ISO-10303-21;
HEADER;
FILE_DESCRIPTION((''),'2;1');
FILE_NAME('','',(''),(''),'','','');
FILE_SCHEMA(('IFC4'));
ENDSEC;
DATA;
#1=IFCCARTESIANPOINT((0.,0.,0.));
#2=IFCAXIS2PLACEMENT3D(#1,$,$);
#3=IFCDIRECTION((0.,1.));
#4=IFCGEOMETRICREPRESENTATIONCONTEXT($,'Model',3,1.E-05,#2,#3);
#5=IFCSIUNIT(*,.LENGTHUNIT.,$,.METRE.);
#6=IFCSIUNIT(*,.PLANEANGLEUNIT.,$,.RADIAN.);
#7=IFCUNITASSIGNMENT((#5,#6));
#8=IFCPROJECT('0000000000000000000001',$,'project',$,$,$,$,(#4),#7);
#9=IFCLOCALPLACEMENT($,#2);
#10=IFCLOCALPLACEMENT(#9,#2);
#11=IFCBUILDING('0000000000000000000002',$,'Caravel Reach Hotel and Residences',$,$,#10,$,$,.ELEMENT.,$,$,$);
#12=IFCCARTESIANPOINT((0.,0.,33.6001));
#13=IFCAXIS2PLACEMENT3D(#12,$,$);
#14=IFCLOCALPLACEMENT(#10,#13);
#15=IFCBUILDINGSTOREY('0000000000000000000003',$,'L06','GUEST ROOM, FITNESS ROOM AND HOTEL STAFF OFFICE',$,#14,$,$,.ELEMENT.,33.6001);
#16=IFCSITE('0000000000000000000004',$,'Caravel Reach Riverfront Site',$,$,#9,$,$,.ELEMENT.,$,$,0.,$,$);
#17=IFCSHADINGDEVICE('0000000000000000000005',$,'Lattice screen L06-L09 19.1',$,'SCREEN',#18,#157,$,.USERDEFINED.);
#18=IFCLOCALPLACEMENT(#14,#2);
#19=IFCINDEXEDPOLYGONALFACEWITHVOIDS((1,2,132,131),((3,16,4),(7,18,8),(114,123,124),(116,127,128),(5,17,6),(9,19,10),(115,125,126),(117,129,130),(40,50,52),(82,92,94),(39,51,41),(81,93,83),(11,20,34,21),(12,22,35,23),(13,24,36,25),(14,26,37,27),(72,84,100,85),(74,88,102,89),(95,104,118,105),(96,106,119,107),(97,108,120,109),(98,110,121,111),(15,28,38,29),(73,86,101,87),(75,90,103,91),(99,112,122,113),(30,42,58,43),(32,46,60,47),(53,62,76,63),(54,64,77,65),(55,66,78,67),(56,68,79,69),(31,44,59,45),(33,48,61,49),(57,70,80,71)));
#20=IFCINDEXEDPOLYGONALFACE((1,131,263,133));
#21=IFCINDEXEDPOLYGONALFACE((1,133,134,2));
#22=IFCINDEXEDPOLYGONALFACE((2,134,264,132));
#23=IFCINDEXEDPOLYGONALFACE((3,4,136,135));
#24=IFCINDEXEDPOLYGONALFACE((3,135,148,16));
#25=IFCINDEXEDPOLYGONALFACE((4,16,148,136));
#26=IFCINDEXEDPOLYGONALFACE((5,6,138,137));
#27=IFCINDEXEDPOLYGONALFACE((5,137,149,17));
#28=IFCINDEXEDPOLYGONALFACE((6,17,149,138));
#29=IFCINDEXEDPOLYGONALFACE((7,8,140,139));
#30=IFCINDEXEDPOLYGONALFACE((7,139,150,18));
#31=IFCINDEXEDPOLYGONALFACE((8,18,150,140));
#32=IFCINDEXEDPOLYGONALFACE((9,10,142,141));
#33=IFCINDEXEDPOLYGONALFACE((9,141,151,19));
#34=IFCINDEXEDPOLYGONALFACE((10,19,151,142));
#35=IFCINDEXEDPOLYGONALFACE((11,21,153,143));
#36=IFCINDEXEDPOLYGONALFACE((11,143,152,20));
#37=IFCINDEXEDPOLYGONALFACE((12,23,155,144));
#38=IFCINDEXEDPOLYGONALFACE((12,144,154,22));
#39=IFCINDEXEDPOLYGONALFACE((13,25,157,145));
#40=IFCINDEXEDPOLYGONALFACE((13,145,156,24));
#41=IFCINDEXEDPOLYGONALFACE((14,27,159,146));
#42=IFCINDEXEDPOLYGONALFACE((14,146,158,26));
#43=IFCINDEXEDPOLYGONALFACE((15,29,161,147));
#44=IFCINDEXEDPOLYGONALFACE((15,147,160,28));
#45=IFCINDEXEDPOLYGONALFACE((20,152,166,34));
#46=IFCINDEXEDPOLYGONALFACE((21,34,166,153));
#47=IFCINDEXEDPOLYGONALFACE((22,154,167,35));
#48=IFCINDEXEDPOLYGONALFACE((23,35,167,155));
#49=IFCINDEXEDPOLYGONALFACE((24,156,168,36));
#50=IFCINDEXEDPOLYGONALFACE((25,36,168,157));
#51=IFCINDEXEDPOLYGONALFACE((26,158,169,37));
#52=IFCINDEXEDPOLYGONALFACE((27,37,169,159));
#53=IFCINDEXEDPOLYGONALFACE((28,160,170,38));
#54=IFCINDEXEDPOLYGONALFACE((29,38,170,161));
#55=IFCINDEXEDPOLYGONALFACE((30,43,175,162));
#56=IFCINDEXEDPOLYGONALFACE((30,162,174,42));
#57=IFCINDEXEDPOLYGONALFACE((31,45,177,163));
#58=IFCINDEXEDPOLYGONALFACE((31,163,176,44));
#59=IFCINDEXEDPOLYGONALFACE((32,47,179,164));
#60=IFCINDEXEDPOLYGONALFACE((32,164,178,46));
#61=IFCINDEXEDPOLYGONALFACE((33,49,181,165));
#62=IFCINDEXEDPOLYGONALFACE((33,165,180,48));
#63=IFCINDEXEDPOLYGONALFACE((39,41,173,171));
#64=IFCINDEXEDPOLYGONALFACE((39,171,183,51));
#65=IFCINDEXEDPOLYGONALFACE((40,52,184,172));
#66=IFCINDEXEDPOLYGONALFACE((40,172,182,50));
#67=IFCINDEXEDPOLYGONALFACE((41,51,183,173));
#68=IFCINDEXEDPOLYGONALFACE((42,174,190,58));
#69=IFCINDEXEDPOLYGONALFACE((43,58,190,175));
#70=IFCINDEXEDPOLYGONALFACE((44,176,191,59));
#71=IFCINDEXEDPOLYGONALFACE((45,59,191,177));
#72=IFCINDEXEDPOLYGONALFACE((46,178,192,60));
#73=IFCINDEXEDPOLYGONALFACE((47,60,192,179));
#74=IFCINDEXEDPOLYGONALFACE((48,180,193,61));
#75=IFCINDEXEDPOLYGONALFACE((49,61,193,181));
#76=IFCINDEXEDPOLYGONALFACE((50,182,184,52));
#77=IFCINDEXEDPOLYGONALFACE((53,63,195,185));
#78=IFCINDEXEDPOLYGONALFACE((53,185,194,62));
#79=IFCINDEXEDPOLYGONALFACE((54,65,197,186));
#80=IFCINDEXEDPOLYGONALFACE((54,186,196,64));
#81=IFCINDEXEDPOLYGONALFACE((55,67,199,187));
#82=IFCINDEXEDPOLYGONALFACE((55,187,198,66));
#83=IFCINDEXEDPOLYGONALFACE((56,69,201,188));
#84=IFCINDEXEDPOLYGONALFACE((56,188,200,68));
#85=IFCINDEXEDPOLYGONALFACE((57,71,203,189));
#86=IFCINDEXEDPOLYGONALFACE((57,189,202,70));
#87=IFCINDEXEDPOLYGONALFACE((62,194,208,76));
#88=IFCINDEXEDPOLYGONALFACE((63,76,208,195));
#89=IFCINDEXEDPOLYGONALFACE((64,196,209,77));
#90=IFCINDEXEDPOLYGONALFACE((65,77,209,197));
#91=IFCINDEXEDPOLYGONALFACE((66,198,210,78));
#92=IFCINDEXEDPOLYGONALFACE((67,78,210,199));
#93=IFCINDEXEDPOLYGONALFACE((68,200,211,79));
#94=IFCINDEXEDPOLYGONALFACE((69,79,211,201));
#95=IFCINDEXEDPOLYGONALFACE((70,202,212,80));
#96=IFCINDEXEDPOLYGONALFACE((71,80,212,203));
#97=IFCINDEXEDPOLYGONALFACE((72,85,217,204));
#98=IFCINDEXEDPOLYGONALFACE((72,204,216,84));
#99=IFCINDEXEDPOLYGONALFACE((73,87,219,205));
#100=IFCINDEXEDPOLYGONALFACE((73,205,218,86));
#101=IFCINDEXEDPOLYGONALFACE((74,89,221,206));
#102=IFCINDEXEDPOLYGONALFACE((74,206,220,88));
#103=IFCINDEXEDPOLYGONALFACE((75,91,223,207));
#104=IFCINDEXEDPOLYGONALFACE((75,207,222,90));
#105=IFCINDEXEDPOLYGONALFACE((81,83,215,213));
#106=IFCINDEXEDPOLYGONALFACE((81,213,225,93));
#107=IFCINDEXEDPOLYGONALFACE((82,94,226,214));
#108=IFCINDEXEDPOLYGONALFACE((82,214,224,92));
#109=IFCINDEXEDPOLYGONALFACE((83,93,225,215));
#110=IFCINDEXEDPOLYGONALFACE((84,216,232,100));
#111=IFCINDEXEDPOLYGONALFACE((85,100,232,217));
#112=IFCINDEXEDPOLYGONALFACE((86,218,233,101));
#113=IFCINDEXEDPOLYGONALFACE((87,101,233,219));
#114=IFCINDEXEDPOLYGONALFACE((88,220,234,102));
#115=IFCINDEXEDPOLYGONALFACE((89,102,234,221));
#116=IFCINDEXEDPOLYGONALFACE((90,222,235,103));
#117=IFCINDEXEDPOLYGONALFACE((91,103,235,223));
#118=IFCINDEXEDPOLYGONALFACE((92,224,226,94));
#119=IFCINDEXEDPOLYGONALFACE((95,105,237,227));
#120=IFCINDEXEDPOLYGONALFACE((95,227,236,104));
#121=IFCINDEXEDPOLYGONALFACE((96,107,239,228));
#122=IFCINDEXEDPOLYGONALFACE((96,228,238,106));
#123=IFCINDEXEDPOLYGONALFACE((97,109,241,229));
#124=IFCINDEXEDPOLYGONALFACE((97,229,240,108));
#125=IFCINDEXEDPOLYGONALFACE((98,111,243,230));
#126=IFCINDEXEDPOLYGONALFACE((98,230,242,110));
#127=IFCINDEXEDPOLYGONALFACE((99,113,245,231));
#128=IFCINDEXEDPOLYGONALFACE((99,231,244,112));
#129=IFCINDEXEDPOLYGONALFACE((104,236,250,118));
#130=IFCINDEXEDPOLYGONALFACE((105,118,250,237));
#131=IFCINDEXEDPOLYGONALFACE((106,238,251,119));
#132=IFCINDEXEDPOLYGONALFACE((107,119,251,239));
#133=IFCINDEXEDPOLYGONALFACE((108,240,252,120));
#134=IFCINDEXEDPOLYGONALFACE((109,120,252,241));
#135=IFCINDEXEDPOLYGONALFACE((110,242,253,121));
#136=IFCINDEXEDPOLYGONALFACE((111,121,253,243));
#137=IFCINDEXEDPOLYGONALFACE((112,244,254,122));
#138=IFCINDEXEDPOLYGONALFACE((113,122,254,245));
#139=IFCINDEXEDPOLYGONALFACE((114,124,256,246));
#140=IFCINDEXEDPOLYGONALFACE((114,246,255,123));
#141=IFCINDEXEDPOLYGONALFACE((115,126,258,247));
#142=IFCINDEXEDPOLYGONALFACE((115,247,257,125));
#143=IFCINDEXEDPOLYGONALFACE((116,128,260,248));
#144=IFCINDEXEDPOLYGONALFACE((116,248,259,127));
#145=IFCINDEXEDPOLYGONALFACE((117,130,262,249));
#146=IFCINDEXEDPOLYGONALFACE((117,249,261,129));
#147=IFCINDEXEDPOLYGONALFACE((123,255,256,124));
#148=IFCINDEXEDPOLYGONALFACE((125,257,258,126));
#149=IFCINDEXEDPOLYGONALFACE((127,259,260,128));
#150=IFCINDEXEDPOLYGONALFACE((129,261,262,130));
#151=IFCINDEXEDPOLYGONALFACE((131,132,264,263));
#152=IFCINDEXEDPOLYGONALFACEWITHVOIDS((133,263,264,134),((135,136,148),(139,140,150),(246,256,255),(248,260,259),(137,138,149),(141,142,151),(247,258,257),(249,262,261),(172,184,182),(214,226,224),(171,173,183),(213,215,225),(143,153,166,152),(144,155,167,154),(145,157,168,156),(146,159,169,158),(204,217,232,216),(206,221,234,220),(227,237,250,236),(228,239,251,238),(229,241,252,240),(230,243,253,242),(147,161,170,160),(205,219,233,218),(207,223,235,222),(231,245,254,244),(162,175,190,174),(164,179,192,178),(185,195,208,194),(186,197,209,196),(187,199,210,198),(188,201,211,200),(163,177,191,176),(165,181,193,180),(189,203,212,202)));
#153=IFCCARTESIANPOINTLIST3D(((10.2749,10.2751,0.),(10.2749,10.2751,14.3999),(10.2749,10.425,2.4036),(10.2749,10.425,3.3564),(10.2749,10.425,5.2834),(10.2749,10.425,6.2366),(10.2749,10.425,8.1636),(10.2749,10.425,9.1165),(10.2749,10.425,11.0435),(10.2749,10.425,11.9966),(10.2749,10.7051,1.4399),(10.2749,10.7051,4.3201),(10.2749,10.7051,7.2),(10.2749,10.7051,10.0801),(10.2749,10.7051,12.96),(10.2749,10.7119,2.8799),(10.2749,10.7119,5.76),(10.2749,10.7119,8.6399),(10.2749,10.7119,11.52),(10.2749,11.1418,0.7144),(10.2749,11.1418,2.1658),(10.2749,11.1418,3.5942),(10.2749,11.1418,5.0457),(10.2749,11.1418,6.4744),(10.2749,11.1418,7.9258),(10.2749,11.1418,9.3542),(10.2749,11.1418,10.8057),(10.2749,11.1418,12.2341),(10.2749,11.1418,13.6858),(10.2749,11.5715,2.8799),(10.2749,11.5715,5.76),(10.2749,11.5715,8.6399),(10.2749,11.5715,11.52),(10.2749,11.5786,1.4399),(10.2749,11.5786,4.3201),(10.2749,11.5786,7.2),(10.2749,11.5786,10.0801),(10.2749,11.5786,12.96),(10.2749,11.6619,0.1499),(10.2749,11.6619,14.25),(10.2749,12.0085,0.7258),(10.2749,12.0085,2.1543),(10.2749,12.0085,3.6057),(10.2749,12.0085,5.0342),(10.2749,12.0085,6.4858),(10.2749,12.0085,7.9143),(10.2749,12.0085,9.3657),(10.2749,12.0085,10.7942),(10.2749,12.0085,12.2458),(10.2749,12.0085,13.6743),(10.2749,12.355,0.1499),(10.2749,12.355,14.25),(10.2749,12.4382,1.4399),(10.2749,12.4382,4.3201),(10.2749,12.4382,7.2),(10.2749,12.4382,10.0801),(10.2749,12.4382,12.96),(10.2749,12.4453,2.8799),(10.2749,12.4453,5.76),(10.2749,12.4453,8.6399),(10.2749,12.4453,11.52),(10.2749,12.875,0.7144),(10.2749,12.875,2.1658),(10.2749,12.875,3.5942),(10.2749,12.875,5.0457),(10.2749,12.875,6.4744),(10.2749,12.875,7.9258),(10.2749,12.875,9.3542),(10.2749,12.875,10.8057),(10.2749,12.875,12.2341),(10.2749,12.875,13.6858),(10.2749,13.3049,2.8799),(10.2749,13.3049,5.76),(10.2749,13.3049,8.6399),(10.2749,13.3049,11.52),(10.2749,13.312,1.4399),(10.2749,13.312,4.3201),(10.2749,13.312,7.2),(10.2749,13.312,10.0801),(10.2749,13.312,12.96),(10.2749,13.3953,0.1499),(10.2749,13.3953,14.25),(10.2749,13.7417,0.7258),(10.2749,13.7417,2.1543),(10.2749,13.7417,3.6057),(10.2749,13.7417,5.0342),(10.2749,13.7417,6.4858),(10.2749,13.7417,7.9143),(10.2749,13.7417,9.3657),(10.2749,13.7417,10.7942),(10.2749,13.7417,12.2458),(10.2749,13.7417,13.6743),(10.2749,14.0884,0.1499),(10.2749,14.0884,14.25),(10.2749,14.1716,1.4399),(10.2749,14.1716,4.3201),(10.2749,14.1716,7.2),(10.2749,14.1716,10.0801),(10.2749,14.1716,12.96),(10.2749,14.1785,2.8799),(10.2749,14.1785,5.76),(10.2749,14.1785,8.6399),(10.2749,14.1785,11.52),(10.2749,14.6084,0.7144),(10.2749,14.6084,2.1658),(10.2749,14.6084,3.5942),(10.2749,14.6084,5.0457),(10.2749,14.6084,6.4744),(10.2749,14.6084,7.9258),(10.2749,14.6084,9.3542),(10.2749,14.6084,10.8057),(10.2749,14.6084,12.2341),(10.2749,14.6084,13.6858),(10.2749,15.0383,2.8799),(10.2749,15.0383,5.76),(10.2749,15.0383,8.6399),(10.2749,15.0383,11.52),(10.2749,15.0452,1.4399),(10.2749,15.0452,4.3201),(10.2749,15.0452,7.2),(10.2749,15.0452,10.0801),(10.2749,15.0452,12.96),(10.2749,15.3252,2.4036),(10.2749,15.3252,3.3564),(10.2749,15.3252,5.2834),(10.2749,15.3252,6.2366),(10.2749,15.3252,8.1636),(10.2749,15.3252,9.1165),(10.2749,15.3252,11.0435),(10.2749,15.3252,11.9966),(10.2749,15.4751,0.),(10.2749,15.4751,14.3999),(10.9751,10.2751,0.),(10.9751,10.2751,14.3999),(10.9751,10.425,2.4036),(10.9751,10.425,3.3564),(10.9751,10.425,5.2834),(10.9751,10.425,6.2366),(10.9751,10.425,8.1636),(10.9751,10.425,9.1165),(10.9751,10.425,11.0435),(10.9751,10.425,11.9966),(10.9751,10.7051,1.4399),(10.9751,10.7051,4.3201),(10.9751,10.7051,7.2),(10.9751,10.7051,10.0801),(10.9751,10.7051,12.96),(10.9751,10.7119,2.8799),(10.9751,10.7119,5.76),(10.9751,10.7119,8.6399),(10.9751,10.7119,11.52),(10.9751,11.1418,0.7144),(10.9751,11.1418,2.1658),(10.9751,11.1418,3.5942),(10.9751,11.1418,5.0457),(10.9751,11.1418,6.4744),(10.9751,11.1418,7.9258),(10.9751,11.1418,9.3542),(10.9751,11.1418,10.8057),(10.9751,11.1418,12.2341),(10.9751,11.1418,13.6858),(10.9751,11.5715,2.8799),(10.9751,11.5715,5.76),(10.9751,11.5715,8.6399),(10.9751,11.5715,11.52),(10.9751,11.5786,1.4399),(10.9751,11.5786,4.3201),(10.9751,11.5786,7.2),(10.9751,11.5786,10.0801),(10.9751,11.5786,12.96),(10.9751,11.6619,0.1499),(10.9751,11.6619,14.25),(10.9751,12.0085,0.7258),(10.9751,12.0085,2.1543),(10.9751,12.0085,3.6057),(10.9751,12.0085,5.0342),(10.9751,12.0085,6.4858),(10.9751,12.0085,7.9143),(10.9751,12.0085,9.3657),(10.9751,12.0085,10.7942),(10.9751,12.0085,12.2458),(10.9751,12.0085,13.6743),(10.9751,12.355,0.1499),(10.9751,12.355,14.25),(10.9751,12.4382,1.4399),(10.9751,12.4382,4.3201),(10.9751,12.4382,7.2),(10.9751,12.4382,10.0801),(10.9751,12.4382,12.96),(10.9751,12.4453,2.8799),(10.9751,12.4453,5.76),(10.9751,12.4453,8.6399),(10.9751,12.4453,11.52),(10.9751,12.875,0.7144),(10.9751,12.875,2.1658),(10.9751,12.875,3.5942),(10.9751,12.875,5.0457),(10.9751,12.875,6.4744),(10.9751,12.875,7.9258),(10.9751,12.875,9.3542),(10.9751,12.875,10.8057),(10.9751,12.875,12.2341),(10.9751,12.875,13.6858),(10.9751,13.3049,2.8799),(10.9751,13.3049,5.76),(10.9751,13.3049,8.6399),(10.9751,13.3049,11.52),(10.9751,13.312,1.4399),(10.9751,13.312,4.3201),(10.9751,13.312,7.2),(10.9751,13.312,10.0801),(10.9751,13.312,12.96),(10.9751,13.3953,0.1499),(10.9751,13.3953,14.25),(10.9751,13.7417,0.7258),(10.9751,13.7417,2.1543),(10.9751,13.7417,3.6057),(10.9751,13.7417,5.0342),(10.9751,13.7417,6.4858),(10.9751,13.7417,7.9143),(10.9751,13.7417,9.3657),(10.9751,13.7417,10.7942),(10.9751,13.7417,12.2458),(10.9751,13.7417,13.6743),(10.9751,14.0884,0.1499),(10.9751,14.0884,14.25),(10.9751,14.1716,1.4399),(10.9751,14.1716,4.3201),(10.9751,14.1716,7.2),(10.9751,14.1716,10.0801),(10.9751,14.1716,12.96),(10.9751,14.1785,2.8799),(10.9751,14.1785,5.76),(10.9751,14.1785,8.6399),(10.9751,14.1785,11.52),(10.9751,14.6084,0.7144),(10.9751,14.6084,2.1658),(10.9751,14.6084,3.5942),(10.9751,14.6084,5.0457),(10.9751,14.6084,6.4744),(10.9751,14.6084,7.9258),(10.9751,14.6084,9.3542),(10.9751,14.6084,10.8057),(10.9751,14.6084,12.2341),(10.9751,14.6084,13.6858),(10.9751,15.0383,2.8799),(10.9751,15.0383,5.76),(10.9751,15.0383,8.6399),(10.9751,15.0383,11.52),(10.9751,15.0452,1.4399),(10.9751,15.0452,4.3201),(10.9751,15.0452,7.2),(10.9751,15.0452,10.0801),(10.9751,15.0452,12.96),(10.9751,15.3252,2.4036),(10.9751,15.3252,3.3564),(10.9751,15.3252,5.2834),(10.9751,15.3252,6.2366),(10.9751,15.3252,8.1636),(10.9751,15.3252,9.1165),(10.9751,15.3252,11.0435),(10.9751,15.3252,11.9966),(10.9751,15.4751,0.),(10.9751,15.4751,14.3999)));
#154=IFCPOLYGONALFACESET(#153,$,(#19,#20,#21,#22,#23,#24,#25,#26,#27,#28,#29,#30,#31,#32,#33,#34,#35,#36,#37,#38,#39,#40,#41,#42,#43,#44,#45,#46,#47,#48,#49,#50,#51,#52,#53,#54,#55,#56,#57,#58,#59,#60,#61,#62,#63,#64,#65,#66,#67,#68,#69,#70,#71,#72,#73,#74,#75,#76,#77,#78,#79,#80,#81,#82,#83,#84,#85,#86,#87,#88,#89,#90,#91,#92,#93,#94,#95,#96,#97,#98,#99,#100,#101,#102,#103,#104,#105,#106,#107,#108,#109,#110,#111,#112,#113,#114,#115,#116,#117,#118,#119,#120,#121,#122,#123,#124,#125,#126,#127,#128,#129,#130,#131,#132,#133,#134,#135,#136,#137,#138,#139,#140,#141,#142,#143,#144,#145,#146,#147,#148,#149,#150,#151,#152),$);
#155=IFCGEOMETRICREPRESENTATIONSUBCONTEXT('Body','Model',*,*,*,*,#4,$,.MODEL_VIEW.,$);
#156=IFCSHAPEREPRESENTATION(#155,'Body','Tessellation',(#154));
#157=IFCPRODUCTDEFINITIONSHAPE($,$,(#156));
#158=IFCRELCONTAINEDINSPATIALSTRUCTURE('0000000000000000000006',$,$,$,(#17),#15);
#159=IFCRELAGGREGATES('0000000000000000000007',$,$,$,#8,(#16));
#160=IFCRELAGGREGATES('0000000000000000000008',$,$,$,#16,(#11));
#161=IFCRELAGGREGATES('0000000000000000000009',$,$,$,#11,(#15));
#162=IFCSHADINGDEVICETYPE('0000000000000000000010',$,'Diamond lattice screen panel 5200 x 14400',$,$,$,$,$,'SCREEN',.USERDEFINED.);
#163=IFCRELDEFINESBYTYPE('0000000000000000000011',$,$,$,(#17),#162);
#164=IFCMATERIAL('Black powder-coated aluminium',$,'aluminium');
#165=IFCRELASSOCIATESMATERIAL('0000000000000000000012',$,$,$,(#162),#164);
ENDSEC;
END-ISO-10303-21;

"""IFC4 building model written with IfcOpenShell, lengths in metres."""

from ifc_helpers import new_model, si_unit, direction, frame, origin, place, context, subcontext, project, spatial, polyline, outline, extrude, material, type_object, element, save


model = new_model("IFC4")

# Units and contexts
model_context = context("Model", 3, precision=1e-05, world=origin(), true_north=direction((0.0, 1.0)))
body_context = subcontext(model_context, "Body", "Model", "MODEL_VIEW")
ifc_project = project(units=[si_unit("LENGTHUNIT", "METRE"), si_unit("PLANEANGLEUNIT", "RADIAN")], contexts=[model_context])

# Site, building, storey
site_placement = place(None, origin())
site = spatial("IfcSite", under=ifc_project, at=site_placement, Name="Caravel Reach Riverfront Site", CompositionType="ELEMENT", RefElevation=0.0)
building_placement = place(site_placement, origin())
building = spatial("IfcBuilding", under=site, at=building_placement, Name="Caravel Reach Hotel and Residences", CompositionType="ELEMENT")
storey_placement = place(building_placement, frame((0.0, 0.0, 33.6001)))
storey = spatial("IfcBuildingStorey", under=building, at=storey_placement, Name="L06", Description="GUEST ROOM, FITNESS ROOM AND HOTEL STAFF OFFICE", CompositionType="ELEMENT", Elevation=33.6001)

# Shading device
ifc_material_1 = material(Name="Black powder-coated aluminium", Category="aluminium")
shading_device_type_1 = type_object("IfcShadingDeviceType", Name="Diamond lattice screen panel 5200 x 14400", ElementType="SCREEN", PredefinedType="USERDEFINED", material=ifc_material_1)
shading_device_1_placement = place(storey_placement, frame((10.9751, 15.4751, 0.0), z_axis=(-1.0, 0.0, 0.0), x_axis=(0.0, -1.0, 0.0)))
element("IfcShadingDevice", 1, at=shading_device_1_placement, inside=storey, type_object=shading_device_type_1, Name="Lattice screen L06-L09 19.1", ObjectType="SCREEN", PredefinedType="USERDEFINED", context=body_context, shape_type="SweptSolid", body=[
    extrude(outline(polyline([(0.0, 0.0), (5.2, 0.0), (5.2, 14.3999), (0.0, 14.3999), (0.0, 0.0)]), holes=[polyline([(0.4368, 2.8799), (0.1499, 3.3564), (0.1499, 2.4036), (0.4368, 2.8799)]), polyline([(0.4368, 5.76), (0.1499, 6.2366), (0.1499, 5.2834), (0.4368, 5.76)]), polyline([(0.4368, 8.6399), (0.1499, 9.1165), (0.1499, 8.1636), (0.4368, 8.6399)]), polyline([(0.4368, 11.52), (0.1499, 11.9966), (0.1499, 11.0435), (0.4368, 11.52)]), polyline([(0.8667, 2.1658), (0.4299, 1.4399), (0.8667, 0.7144), (1.3035, 1.4399), (0.8667, 2.1658)]), polyline([(0.8667, 5.0457), (0.4299, 4.3201), (0.8667, 3.5942), (1.3035, 4.3201), (0.8667, 5.0457)]), polyline([(0.8667, 7.9258), (0.4299, 7.2), (0.8667, 6.4744), (1.3035, 7.2), (0.8667, 7.9258)]), polyline([(0.8667, 10.8057), (0.4299, 10.0801), (0.8667, 9.3542), (1.3035, 10.0801), (0.8667, 10.8057)]), polyline([(0.8667, 13.6858), (0.4299, 12.96), (0.8667, 12.2341), (1.3035, 12.96), (0.8667, 13.6858)]), polyline([(1.7334, 0.7258), (1.3867, 0.1499), (2.0798, 0.1499), (1.7334, 0.7258)]), polyline([(1.7334, 3.6057), (1.2966, 2.8799), (1.7334, 2.1543), (2.1702, 2.8799), (1.7334, 3.6057)]), polyline([(1.7334, 6.4858), (1.2966, 5.76), (1.7334, 5.0342), (2.1702, 5.76), (1.7334, 6.4858)]), polyline([(1.7334, 9.3657), (1.2966, 8.6399), (1.7334, 7.9143), (2.1702, 8.6399), (1.7334, 9.3657)]), polyline([(1.7334, 12.2458), (1.2966, 11.52), (1.7334, 10.7942), (2.1702, 11.52), (1.7334, 12.2458)]), polyline([(1.7334, 13.6743), (2.0798, 14.25), (1.3867, 14.25), (1.7334, 13.6743)]), polyline([(2.6001, 2.1658), (2.1631, 1.4399), (2.6001, 0.7144), (3.0369, 1.4399), (2.6001, 2.1658)]), polyline([(2.6001, 5.0457), (2.1631, 4.3201), (2.6001, 3.5942), (3.0369, 4.3201), (2.6001, 5.0457)]), polyline([(2.6001, 7.9258), (2.1631, 7.2), (2.6001, 6.4744), (3.0369, 7.2), (2.6001, 7.9258)]), polyline([(2.6001, 10.8057), (2.1631, 10.0801), (2.6001, 9.3542), (3.0369, 10.0801), (2.6001, 10.8057)]), polyline([(2.6001, 13.6858), (2.1631, 12.96), (2.6001, 12.2341), (3.0369, 12.96), (2.6001, 13.6858)]), polyline([(3.4666, 0.7258), (3.1201, 0.1499), (3.8132, 0.1499), (3.4666, 0.7258)]), polyline([(3.4666, 3.6057), (3.0298, 2.8799), (3.4666, 2.1543), (3.9036, 2.8799), (3.4666, 3.6057)]), polyline([(3.4666, 6.4858), (3.0298, 5.76), (3.4666, 5.0342), (3.9036, 5.76), (3.4666, 6.4858)]), polyline([(3.4666, 9.3657), (3.0298, 8.6399), (3.4666, 7.9143), (3.9036, 8.6399), (3.4666, 9.3657)]), polyline([(3.4666, 12.2458), (3.0298, 11.52), (3.4666, 10.7942), (3.9036, 11.52), (3.4666, 12.2458)]), polyline([(3.4666, 13.6743), (3.8132, 14.25), (3.1201, 14.25), (3.4666, 13.6743)]), polyline([(4.3333, 2.1658), (3.8965, 1.4399), (4.3333, 0.7144), (4.77, 1.4399), (4.3333, 2.1658)]), polyline([(4.3333, 5.0457), (3.8965, 4.3201), (4.3333, 3.5942), (4.77, 4.3201), (4.3333, 5.0457)]), polyline([(4.3333, 7.9258), (3.8965, 7.2), (4.3333, 6.4744), (4.77, 7.2), (4.3333, 7.9258)]), polyline([(4.3333, 10.8057), (3.8965, 10.0801), (4.3333, 9.3542), (4.77, 10.0801), (4.3333, 10.8057)]), polyline([(4.3333, 13.6858), (3.8965, 12.96), (4.3333, 12.2341), (4.77, 12.96), (4.3333, 13.6858)]), polyline([(4.7632, 2.8799), (5.05, 2.4036), (5.05, 3.3564), (4.7632, 2.8799)]), polyline([(4.7632, 5.76), (5.05, 5.2834), (5.05, 6.2366), (4.7632, 5.76)]), polyline([(4.7632, 8.6399), (5.05, 8.1636), (5.05, 9.1165), (4.7632, 8.6399)]), polyline([(4.7632, 11.52), (5.05, 11.0435), (5.05, 11.9966), (4.7632, 11.52)])]), origin(), (0.0, 0.0, 1.0), 0.7002),
])

save(model, "model.ifc")
